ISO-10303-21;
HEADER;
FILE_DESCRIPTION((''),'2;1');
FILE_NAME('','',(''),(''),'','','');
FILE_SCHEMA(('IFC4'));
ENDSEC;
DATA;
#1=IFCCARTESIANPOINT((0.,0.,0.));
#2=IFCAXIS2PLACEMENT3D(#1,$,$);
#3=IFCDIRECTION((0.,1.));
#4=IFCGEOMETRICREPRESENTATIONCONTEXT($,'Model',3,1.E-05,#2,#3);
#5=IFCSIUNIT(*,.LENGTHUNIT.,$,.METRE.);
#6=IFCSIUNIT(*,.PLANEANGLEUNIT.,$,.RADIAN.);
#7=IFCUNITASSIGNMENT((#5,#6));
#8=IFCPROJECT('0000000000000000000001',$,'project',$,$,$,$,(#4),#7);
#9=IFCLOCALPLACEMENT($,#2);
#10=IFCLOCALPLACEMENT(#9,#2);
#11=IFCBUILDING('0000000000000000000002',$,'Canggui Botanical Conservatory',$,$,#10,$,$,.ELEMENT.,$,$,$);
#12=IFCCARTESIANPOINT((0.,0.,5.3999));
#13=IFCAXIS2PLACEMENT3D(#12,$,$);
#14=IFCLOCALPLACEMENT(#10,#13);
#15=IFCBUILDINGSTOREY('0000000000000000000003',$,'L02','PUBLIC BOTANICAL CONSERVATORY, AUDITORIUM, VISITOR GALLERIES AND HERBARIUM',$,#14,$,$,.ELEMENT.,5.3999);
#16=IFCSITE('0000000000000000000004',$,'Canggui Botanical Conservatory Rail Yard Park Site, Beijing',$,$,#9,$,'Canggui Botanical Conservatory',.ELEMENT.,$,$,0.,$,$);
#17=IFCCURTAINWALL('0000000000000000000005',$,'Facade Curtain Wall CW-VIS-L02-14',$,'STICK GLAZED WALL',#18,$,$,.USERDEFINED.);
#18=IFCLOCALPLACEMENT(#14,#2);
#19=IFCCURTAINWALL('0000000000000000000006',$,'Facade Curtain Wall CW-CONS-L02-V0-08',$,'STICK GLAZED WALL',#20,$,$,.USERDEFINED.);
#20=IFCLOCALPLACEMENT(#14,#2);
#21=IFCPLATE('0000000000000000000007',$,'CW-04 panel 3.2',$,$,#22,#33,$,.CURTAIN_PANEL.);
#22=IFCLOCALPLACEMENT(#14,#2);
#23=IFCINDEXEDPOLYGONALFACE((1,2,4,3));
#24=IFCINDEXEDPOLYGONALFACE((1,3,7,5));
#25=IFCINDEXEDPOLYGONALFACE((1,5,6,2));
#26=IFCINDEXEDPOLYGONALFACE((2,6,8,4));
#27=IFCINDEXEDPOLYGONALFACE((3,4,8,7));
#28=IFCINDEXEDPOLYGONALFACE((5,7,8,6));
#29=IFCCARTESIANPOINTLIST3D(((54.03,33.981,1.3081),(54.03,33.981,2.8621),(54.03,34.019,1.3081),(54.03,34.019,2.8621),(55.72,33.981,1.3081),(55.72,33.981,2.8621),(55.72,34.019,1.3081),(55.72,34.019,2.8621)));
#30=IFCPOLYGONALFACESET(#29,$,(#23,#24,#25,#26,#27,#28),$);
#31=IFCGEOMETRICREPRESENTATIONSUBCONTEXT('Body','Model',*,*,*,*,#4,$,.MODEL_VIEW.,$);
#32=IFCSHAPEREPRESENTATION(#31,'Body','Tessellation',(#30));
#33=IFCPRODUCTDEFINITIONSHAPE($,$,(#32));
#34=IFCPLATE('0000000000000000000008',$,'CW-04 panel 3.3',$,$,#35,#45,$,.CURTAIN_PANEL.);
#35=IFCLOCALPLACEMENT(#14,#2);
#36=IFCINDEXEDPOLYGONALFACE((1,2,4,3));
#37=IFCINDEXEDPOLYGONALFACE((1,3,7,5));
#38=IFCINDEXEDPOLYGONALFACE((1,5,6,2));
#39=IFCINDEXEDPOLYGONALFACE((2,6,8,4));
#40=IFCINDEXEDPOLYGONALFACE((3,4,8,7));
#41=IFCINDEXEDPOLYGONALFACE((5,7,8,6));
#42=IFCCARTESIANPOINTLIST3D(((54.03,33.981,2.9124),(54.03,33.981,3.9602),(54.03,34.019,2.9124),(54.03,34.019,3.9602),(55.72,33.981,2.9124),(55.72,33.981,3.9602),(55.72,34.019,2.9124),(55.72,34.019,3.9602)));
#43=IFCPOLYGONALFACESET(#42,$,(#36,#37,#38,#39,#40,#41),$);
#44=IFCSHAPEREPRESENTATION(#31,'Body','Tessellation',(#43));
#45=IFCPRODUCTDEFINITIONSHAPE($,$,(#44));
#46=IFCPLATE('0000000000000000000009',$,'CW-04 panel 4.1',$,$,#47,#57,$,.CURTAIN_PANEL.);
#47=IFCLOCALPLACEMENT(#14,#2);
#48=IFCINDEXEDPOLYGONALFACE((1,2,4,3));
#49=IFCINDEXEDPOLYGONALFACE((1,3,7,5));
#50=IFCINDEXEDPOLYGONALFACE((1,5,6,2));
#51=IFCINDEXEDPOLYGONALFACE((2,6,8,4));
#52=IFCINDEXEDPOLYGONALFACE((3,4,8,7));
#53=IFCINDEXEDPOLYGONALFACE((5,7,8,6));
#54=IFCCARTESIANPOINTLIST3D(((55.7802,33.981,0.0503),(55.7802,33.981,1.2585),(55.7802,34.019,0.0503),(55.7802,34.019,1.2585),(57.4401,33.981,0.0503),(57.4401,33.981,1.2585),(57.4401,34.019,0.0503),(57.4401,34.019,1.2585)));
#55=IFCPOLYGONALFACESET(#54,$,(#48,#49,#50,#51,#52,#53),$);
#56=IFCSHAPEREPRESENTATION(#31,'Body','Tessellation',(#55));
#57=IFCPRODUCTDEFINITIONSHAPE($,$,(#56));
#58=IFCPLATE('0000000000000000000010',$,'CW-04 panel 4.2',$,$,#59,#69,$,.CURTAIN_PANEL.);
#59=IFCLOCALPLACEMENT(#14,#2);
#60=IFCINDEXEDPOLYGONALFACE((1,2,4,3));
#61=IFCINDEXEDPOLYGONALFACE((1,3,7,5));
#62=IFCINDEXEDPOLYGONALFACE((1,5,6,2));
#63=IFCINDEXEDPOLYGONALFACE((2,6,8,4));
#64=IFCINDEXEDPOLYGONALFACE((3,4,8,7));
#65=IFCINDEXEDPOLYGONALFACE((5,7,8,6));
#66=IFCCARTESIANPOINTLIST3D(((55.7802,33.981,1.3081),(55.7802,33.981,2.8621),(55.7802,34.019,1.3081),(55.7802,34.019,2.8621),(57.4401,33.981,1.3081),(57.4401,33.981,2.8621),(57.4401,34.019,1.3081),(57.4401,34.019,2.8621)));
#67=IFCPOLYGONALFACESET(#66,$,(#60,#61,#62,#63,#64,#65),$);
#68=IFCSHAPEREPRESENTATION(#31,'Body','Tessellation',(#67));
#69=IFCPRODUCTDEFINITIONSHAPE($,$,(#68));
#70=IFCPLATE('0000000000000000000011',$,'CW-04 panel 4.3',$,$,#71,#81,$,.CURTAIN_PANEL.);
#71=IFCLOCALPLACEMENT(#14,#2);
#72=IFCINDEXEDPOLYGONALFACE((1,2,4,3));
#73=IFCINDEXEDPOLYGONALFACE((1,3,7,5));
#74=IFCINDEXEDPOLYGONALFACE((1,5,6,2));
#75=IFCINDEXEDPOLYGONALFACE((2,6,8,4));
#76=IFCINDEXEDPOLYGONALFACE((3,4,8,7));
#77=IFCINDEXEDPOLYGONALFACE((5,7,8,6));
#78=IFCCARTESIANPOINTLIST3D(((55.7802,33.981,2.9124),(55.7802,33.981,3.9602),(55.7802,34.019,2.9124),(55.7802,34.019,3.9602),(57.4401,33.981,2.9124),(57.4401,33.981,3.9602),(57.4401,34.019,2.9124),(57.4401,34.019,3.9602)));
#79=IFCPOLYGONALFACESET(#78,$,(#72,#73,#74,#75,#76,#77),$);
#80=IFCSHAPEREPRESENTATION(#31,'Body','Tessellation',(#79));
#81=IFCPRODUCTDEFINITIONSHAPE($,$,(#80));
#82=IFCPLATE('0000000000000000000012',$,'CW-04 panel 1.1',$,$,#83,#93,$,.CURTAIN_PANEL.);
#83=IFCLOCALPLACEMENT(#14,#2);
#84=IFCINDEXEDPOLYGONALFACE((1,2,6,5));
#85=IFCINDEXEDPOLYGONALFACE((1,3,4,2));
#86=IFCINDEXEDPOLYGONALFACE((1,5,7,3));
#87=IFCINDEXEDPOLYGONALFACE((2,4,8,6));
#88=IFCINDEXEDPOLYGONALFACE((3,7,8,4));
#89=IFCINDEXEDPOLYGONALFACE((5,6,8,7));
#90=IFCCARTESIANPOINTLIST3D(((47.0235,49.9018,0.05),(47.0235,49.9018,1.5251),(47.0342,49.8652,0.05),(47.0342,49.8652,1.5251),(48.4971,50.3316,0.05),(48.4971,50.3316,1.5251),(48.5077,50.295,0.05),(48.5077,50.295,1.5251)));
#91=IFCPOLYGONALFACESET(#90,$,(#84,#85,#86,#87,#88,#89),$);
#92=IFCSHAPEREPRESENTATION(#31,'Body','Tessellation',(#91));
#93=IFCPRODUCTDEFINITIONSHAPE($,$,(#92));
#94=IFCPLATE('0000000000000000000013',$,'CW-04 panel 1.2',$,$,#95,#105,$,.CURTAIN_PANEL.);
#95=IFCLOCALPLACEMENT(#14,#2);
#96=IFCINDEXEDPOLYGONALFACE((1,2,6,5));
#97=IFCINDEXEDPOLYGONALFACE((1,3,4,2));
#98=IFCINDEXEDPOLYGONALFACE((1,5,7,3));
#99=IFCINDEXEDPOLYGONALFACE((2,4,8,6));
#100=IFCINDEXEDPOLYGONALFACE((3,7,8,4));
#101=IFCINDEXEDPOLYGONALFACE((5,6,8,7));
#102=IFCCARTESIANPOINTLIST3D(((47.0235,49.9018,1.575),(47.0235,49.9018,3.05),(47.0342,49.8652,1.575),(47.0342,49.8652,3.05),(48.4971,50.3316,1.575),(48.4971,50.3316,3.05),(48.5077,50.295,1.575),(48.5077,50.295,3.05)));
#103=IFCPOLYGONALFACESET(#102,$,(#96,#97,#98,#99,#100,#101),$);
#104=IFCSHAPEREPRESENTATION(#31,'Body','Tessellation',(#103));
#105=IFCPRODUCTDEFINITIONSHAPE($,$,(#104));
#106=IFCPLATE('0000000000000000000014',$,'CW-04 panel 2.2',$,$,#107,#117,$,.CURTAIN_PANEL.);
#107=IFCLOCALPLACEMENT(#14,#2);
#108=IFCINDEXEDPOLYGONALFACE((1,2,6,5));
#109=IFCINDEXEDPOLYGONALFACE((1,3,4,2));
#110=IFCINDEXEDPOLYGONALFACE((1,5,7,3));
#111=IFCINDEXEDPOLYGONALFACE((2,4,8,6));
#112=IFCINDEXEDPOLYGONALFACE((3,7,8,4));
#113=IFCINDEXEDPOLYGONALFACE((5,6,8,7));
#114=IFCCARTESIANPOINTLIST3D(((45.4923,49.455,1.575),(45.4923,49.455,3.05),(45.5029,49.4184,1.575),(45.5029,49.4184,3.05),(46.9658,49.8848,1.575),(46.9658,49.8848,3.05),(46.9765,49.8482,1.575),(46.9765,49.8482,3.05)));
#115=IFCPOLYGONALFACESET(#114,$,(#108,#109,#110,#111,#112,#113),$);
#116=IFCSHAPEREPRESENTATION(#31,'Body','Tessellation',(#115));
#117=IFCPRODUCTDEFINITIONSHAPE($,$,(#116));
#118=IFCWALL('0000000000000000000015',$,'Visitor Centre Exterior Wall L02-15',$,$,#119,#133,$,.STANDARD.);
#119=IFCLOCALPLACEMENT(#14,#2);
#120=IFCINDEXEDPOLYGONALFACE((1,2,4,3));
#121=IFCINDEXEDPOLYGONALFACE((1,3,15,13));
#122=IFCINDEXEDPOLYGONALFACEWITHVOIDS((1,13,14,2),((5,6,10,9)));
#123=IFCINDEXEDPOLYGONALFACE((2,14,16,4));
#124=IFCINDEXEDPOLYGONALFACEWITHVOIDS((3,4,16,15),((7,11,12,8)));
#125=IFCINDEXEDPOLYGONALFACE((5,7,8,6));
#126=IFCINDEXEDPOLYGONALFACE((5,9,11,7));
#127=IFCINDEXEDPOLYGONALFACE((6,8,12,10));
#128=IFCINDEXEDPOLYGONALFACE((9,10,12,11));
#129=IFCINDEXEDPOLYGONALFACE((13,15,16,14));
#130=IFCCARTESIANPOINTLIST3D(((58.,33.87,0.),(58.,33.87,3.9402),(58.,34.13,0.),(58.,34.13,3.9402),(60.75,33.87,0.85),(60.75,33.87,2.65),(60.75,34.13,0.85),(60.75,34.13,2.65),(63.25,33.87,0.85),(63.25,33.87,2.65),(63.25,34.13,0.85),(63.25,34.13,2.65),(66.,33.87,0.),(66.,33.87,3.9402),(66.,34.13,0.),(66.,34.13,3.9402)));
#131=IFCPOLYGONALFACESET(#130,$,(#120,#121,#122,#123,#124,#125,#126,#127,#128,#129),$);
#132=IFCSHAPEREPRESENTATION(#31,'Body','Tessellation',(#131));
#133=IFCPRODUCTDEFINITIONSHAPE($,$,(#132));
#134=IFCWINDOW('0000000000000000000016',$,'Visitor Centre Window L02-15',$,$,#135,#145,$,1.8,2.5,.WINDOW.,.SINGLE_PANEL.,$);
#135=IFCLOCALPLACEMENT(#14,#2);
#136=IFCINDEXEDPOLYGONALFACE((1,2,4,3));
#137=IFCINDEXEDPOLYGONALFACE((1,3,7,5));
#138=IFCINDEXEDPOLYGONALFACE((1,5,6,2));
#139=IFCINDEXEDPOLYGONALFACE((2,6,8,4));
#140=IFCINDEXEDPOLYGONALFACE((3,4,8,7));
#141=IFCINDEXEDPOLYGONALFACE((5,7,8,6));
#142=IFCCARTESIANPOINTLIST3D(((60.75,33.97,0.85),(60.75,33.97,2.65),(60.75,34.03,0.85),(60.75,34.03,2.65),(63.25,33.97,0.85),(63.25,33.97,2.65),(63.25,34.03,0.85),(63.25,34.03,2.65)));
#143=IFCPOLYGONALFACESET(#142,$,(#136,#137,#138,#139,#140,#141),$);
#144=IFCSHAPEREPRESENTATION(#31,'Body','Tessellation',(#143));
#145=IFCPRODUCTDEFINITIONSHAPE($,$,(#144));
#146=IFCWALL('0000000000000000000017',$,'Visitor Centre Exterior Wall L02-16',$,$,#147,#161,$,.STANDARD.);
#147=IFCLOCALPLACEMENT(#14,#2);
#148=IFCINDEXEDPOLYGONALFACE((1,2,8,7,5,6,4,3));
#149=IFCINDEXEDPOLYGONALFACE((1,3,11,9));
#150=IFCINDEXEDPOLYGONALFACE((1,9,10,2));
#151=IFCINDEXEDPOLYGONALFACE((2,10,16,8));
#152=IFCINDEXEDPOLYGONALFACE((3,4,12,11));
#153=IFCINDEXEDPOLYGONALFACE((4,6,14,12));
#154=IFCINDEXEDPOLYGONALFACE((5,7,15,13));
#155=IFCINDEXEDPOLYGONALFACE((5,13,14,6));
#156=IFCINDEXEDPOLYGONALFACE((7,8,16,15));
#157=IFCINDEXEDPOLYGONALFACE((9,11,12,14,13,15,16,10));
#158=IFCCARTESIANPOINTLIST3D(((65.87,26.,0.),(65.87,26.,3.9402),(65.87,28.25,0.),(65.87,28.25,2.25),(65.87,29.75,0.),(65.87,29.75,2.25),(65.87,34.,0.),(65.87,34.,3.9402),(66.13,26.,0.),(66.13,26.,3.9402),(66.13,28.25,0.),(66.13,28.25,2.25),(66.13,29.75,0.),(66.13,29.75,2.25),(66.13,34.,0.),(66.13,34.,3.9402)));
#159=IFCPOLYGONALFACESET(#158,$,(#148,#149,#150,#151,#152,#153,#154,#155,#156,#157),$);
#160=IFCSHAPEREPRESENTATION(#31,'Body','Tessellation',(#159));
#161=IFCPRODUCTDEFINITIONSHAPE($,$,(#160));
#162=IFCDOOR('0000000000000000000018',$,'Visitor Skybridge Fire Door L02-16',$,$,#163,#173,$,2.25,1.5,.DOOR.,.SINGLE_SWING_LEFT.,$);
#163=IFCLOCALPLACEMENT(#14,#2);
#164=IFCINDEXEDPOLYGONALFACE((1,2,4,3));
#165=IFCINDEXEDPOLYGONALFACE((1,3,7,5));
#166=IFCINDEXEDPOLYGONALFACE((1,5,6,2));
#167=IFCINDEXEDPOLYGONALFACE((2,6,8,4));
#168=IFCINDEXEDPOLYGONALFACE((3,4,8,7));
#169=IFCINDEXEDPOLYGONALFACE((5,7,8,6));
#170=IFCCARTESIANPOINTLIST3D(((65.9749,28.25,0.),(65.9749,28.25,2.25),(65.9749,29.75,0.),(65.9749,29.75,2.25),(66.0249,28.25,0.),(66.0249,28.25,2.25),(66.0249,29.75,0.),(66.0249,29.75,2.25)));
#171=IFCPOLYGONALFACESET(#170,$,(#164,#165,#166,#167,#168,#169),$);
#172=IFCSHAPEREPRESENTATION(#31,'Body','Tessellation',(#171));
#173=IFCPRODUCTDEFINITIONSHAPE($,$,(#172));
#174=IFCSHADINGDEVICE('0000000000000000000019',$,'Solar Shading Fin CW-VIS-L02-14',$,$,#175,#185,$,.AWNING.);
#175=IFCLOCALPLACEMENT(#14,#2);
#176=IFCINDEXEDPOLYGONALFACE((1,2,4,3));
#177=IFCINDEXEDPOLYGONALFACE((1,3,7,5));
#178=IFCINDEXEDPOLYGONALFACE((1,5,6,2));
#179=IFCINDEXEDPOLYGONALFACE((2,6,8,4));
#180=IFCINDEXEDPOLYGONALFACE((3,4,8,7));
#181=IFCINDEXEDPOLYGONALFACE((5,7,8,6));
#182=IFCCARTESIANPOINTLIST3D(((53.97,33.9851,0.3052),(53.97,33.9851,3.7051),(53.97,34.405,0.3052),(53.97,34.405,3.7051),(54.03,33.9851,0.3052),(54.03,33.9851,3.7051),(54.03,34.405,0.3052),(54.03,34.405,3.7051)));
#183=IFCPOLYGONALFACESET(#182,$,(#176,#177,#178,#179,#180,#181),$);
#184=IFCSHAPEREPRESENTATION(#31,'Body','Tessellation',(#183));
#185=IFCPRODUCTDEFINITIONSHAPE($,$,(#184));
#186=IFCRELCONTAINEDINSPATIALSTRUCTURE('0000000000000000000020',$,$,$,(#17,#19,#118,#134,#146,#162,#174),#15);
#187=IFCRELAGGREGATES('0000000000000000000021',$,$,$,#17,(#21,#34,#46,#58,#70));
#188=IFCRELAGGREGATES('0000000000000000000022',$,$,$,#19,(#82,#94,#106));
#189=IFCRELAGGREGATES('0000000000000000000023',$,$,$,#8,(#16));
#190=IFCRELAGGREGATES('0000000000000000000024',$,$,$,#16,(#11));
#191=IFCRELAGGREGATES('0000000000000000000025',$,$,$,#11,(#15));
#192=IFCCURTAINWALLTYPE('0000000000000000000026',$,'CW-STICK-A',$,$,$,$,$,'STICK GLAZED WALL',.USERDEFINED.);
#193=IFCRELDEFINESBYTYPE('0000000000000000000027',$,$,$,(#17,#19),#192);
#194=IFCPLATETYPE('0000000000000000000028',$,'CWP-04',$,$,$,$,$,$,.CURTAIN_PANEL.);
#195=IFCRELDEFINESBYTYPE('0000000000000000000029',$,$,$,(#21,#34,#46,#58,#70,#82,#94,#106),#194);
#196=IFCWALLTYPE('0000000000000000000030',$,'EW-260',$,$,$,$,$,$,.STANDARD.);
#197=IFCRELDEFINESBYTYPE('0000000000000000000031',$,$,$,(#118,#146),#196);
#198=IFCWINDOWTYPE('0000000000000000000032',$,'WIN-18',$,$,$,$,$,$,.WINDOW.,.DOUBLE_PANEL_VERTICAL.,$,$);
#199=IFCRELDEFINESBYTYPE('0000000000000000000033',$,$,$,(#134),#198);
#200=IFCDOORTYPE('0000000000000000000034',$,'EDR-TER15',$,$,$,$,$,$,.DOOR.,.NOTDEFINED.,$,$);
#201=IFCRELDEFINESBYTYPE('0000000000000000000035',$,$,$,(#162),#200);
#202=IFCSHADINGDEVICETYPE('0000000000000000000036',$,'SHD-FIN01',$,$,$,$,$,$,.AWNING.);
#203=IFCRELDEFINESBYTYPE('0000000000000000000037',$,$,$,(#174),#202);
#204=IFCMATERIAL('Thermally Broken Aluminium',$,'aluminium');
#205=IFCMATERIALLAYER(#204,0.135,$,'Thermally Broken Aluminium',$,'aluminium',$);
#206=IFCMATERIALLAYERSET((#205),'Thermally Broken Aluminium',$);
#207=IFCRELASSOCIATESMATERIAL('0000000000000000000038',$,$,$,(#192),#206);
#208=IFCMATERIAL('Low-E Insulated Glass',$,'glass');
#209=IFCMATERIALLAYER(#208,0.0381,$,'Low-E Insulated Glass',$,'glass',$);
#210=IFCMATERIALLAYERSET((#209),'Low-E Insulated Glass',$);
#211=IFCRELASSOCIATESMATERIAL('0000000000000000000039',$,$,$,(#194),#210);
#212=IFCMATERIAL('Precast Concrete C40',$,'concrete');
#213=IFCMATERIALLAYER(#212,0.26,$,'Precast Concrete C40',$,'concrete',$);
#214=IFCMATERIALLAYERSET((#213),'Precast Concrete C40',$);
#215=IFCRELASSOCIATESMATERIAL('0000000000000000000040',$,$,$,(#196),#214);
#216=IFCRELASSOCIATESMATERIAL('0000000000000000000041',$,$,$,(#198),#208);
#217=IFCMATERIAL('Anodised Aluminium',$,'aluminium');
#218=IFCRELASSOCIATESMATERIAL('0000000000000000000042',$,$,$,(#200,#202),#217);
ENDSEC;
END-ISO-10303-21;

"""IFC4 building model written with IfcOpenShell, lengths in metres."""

from ifc_helpers import new_model, si_unit, direction, frame, frame_2d, origin, origin_2d, place, context, subcontext, project, spatial, rectangle, extrude, material, layer, layer_set, type_object, element, fill, aggregate, save


model = new_model("IFC4")

# Units and contexts
model_context = context("Model", 3, precision=1e-05, world=origin(), true_north=direction((0.0, 1.0)))
body_context = subcontext(model_context, "Body", "Model", "MODEL_VIEW")
ifc_project = project(units=[si_unit("LENGTHUNIT", "METRE"), si_unit("PLANEANGLEUNIT", "RADIAN")], contexts=[model_context])

# Site, building, storey
site_placement = place(None, origin())
site = spatial("IfcSite", under=ifc_project, at=site_placement, Name="Canggui Botanical Conservatory Rail Yard Park Site, Beijing", LongName="Canggui Botanical Conservatory", CompositionType="ELEMENT", RefElevation=0.0)
building_placement = place(site_placement, origin())
building = spatial("IfcBuilding", under=site, at=building_placement, Name="Canggui Botanical Conservatory", CompositionType="ELEMENT")
storey_placement = place(building_placement, frame((0.0, 0.0, 5.3999)))
storey = spatial("IfcBuildingStorey", under=building, at=storey_placement, Name="L02", Description="PUBLIC BOTANICAL CONSERVATORY, AUDITORIUM, VISITOR GALLERIES AND HERBARIUM", CompositionType="ELEMENT", Elevation=5.3999)

# Curtain wall
ifc_material_1 = material(Name="Thermally Broken Aluminium", Category="aluminium")
ifc_layer_1 = layer(ifc_material_1, 0.135, Name="Thermally Broken Aluminium", Category="aluminium")
ifc_layer_set_1 = layer_set([ifc_layer_1], Name="Thermally Broken Aluminium")
curtain_wall_type = type_object("IfcCurtainWallType", Name="CW-STICK-A", ElementType="STICK GLAZED WALL", PredefinedType="USERDEFINED", material=ifc_layer_set_1)
curtain_wall_1_placement = place(storey_placement, origin())
curtain_wall_1 = element("IfcCurtainWall", 1, at=curtain_wall_1_placement, inside=storey, type_object=curtain_wall_type, Name="Facade Curtain Wall CW-VIS-L02-14", ObjectType="STICK GLAZED WALL", PredefinedType="USERDEFINED")

# Curtain wall
curtain_wall_2_placement = place(storey_placement, origin())
curtain_wall_2 = element("IfcCurtainWall", 2, at=curtain_wall_2_placement, inside=storey, type_object=curtain_wall_type, Name="Facade Curtain Wall CW-CONS-L02-V0-08", ObjectType="STICK GLAZED WALL", PredefinedType="USERDEFINED")

# Plates
ifc_material_2 = material(Name="Low-E Insulated Glass", Category="glass")
ifc_layer_2 = layer(ifc_material_2, 0.0381, Name="Low-E Insulated Glass", Category="glass")
ifc_layer_set_2 = layer_set([ifc_layer_2], Name="Low-E Insulated Glass")
plate_type = type_object("IfcPlateType", Name="CWP-04", PredefinedType="CURTAIN_PANEL", material=ifc_layer_set_2)
plate_1_placement = place(storey_placement, frame((54.875, 34.0, 1.3081), z_axis=(0.0, 0.0, 1.0), x_axis=(1.0, 0.0, 0.0)))
plate_1 = element("IfcPlate", 3, at=plate_1_placement, type_object=plate_type, Name="CW-04 panel 3.2", PredefinedType="CURTAIN_PANEL", context=body_context, shape_type="SweptSolid", body=[
    extrude(rectangle(XDim=1.6899, YDim=0.0381, at=origin_2d()), origin(), (0.0, 0.0, 1.0), 1.554),
])
plate_2_placement = place(storey_placement, frame((54.875, 34.0, 2.9124), z_axis=(0.0, 0.0, 1.0), x_axis=(1.0, 0.0, 0.0)))
plate_2 = element("IfcPlate", 4, at=plate_2_placement, type_object=plate_type, Name="CW-04 panel 3.3", PredefinedType="CURTAIN_PANEL", context=body_context, shape_type="SweptSolid", body=[
    extrude(rectangle(XDim=1.6899, YDim=0.0381, at=origin_2d()), origin(), (0.0, 0.0, 1.0), 1.0479),
])
plate_3_placement = place(storey_placement, frame((56.6101, 34.0, 0.0503), z_axis=(0.0, 0.0, 1.0), x_axis=(1.0, 0.0, 0.0)))
plate_3 = element("IfcPlate", 5, at=plate_3_placement, type_object=plate_type, Name="CW-04 panel 4.1", PredefinedType="CURTAIN_PANEL", context=body_context, shape_type="SweptSolid", body=[
    extrude(rectangle(XDim=1.6599, YDim=0.0381, at=origin_2d()), origin(), (0.0, 0.0, 1.0), 1.2083),
])
plate_4_placement = place(storey_placement, frame((56.6101, 34.0, 1.3081), z_axis=(0.0, 0.0, 1.0), x_axis=(1.0, 0.0, 0.0)))
plate_4 = element("IfcPlate", 6, at=plate_4_placement, type_object=plate_type, Name="CW-04 panel 4.2", PredefinedType="CURTAIN_PANEL", context=body_context, shape_type="SweptSolid", body=[
    extrude(rectangle(XDim=1.6599, YDim=0.0381, at=origin_2d()), origin(), (0.0, 0.0, 1.0), 1.554),
])
plate_5_placement = place(storey_placement, frame((56.6101, 34.0, 2.9124), z_axis=(0.0, 0.0, 1.0), x_axis=(1.0, 0.0, 0.0)))
plate_5 = element("IfcPlate", 7, at=plate_5_placement, type_object=plate_type, Name="CW-04 panel 4.3", PredefinedType="CURTAIN_PANEL", context=body_context, shape_type="SweptSolid", body=[
    extrude(rectangle(XDim=1.6599, YDim=0.0381, at=origin_2d()), origin(), (0.0, 0.0, 1.0), 1.0479),
])
aggregate(curtain_wall_1, [plate_1, plate_2, plate_3, plate_4, plate_5])
plate_6_placement = place(storey_placement, frame((47.7656, 50.0984, 0.05), z_axis=(0.0, 0.0, 1.0), x_axis=(-0.96, -0.28, 0.0)))
plate_6 = element("IfcPlate", 8, at=plate_6_placement, type_object=plate_type, Name="CW-04 panel 1.1", PredefinedType="CURTAIN_PANEL", context=body_context, shape_type="SweptSolid", body=[
    extrude(rectangle(XDim=1.5349, YDim=0.0381, at=origin_2d()), origin(), (0.0, 0.0, 1.0), 1.4751),
])
plate_7_placement = place(storey_placement, frame((47.7656, 50.0984, 1.575), z_axis=(0.0, 0.0, 1.0), x_axis=(-0.96, -0.28, 0.0)))
plate_7 = element("IfcPlate", 9, at=plate_7_placement, type_object=plate_type, Name="CW-04 panel 1.2", PredefinedType="CURTAIN_PANEL", context=body_context, shape_type="SweptSolid", body=[
    extrude(rectangle(XDim=1.5349, YDim=0.0381, at=origin_2d()), origin(), (0.0, 0.0, 1.0), 1.4751),
])
plate_8_placement = place(storey_placement, frame((46.2344, 49.6516, 1.575), z_axis=(0.0, 0.0, 1.0), x_axis=(-0.96, -0.28, 0.0)))
plate_8 = element("IfcPlate", 10, at=plate_8_placement, type_object=plate_type, Name="CW-04 panel 2.2", PredefinedType="CURTAIN_PANEL", context=body_context, shape_type="SweptSolid", body=[
    extrude(rectangle(XDim=1.5349, YDim=0.0381, at=origin_2d()), origin(), (0.0, 0.0, 1.0), 1.4751),
])
aggregate(curtain_wall_2, [plate_6, plate_7, plate_8])

# Wall, opening, window
ifc_material_3 = material(Name="Precast Concrete C40", Category="concrete")
ifc_layer_3 = layer(ifc_material_3, 0.26, Name="Precast Concrete C40", Category="concrete")
ifc_layer_set_3 = layer_set([ifc_layer_3], Name="Precast Concrete C40")
wall_type = type_object("IfcWallType", Name="EW-260", PredefinedType="STANDARD", material=ifc_layer_set_3)
wall_1_placement = place(storey_placement, frame((58.0, 34.0, 0.0), z_axis=(0.0, 0.0, 1.0), x_axis=(1.0, 0.0, 0.0)))
wall_1 = element("IfcWall", 11, at=wall_1_placement, inside=storey, type_object=wall_type, Name="Visitor Centre Exterior Wall L02-15", PredefinedType="STANDARD", context=body_context, shape_type="SweptSolid", body=[
    extrude(rectangle(XDim=8.0, YDim=0.26, at=frame_2d((4.0, 0.0))), origin(), (0.0, 0.0, 1.0), 3.9402),
])
opening_1_placement = place(wall_1_placement, frame((2.75, 0.0, 0.8501)))
opening_1 = element("IfcOpeningElement", 12, at=opening_1_placement, cuts=wall_1, PredefinedType="OPENING", context=body_context, shape_type="SweptSolid", body=[
    extrude(rectangle(XDim=2.5, YDim=1.8, at=frame_2d((1.25, 0.8999))), frame((0.0, 0.1401, 0.0), z_axis=(0.0, -1.0, 0.0), x_axis=(1.0, 0.0, 0.0)), (0.0, 0.0, 1.0), 0.28),
])
window_type = type_object("IfcWindowType", Name="WIN-18", PartitioningType="DOUBLE_PANEL_VERTICAL", PredefinedType="WINDOW", material=ifc_material_2)
window_placement = place(opening_1_placement, origin())
window = element("IfcWindow", 13, at=window_placement, inside=storey, type_object=window_type, Name="Visitor Centre Window L02-15", OverallHeight=1.8, OverallWidth=2.5, PartitioningType="SINGLE_PANEL", PredefinedType="WINDOW", context=body_context, shape_type="SweptSolid", body=[
    extrude(rectangle(XDim=2.5, YDim=1.8, at=frame_2d((1.25, 0.8999))), frame((0.0, 0.03, 0.0), z_axis=(0.0, -1.0, 0.0), x_axis=(1.0, 0.0, 0.0)), (0.0, 0.0, 1.0), 0.0601),
])
fill(opening_1, window)

# Wall, opening, door
wall_2_placement = place(storey_placement, frame((66.0, 34.0, 0.0), z_axis=(0.0, 0.0, 1.0), x_axis=(0.0, -1.0, 0.0)))
wall_2 = element("IfcWall", 14, at=wall_2_placement, inside=storey, type_object=wall_type, Name="Visitor Centre Exterior Wall L02-16", PredefinedType="STANDARD", context=body_context, shape_type="SweptSolid", body=[
    extrude(rectangle(XDim=8.0, YDim=0.26, at=frame_2d((4.0, 0.0))), origin(), (0.0, 0.0, 1.0), 3.9402),
])
opening_2_placement = place(wall_2_placement, frame((4.25, 0.0, 0.0)))
opening_2 = element("IfcOpeningElement", 15, at=opening_2_placement, cuts=wall_2, PredefinedType="OPENING", context=body_context, shape_type="SweptSolid", body=[
    extrude(rectangle(XDim=1.5, YDim=2.25, at=frame_2d((0.75, 1.125))), frame((0.0, 0.1401, 0.0), z_axis=(0.0, -1.0, 0.0), x_axis=(1.0, 0.0, 0.0)), (0.0, 0.0, 1.0), 0.28),
])
ifc_material_4 = material(Name="Anodised Aluminium", Category="aluminium")
door_type = type_object("IfcDoorType", Name="EDR-TER15", OperationType="NOTDEFINED", PredefinedType="DOOR", material=ifc_material_4)
door_placement = place(opening_2_placement, origin())
door = element("IfcDoor", 16, at=door_placement, inside=storey, type_object=door_type, Name="Visitor Skybridge Fire Door L02-16", OperationType="SINGLE_SWING_LEFT", OverallHeight=2.25, OverallWidth=1.5, PredefinedType="DOOR", context=body_context, shape_type="SweptSolid", body=[
    extrude(rectangle(XDim=1.5, YDim=2.25, at=frame_2d((0.75, 1.125))), frame((0.0, 0.0249, 0.0), z_axis=(0.0, -1.0, 0.0), x_axis=(1.0, 0.0, 0.0)), (0.0, 0.0, 1.0), 0.05),
])
fill(opening_2, door)

# Shading device
shading_device_type = type_object("IfcShadingDeviceType", Name="SHD-FIN01", PredefinedType="AWNING", material=ifc_material_4)
shading_device_placement = place(storey_placement, frame((54.0, 34.1951, 0.3052), z_axis=(0.0, 0.0, 1.0), x_axis=(1.0, 0.0, 0.0)))
element("IfcShadingDevice", 17, at=shading_device_placement, inside=storey, type_object=shading_device_type, Name="Solar Shading Fin CW-VIS-L02-14", PredefinedType="AWNING", context=body_context, shape_type="SweptSolid", body=[
    extrude(rectangle(XDim=0.0601, YDim=0.4199, at=origin_2d()), origin(), (0.0, 0.0, 1.0), 3.3999),
])

save(model, "model.ifc")
